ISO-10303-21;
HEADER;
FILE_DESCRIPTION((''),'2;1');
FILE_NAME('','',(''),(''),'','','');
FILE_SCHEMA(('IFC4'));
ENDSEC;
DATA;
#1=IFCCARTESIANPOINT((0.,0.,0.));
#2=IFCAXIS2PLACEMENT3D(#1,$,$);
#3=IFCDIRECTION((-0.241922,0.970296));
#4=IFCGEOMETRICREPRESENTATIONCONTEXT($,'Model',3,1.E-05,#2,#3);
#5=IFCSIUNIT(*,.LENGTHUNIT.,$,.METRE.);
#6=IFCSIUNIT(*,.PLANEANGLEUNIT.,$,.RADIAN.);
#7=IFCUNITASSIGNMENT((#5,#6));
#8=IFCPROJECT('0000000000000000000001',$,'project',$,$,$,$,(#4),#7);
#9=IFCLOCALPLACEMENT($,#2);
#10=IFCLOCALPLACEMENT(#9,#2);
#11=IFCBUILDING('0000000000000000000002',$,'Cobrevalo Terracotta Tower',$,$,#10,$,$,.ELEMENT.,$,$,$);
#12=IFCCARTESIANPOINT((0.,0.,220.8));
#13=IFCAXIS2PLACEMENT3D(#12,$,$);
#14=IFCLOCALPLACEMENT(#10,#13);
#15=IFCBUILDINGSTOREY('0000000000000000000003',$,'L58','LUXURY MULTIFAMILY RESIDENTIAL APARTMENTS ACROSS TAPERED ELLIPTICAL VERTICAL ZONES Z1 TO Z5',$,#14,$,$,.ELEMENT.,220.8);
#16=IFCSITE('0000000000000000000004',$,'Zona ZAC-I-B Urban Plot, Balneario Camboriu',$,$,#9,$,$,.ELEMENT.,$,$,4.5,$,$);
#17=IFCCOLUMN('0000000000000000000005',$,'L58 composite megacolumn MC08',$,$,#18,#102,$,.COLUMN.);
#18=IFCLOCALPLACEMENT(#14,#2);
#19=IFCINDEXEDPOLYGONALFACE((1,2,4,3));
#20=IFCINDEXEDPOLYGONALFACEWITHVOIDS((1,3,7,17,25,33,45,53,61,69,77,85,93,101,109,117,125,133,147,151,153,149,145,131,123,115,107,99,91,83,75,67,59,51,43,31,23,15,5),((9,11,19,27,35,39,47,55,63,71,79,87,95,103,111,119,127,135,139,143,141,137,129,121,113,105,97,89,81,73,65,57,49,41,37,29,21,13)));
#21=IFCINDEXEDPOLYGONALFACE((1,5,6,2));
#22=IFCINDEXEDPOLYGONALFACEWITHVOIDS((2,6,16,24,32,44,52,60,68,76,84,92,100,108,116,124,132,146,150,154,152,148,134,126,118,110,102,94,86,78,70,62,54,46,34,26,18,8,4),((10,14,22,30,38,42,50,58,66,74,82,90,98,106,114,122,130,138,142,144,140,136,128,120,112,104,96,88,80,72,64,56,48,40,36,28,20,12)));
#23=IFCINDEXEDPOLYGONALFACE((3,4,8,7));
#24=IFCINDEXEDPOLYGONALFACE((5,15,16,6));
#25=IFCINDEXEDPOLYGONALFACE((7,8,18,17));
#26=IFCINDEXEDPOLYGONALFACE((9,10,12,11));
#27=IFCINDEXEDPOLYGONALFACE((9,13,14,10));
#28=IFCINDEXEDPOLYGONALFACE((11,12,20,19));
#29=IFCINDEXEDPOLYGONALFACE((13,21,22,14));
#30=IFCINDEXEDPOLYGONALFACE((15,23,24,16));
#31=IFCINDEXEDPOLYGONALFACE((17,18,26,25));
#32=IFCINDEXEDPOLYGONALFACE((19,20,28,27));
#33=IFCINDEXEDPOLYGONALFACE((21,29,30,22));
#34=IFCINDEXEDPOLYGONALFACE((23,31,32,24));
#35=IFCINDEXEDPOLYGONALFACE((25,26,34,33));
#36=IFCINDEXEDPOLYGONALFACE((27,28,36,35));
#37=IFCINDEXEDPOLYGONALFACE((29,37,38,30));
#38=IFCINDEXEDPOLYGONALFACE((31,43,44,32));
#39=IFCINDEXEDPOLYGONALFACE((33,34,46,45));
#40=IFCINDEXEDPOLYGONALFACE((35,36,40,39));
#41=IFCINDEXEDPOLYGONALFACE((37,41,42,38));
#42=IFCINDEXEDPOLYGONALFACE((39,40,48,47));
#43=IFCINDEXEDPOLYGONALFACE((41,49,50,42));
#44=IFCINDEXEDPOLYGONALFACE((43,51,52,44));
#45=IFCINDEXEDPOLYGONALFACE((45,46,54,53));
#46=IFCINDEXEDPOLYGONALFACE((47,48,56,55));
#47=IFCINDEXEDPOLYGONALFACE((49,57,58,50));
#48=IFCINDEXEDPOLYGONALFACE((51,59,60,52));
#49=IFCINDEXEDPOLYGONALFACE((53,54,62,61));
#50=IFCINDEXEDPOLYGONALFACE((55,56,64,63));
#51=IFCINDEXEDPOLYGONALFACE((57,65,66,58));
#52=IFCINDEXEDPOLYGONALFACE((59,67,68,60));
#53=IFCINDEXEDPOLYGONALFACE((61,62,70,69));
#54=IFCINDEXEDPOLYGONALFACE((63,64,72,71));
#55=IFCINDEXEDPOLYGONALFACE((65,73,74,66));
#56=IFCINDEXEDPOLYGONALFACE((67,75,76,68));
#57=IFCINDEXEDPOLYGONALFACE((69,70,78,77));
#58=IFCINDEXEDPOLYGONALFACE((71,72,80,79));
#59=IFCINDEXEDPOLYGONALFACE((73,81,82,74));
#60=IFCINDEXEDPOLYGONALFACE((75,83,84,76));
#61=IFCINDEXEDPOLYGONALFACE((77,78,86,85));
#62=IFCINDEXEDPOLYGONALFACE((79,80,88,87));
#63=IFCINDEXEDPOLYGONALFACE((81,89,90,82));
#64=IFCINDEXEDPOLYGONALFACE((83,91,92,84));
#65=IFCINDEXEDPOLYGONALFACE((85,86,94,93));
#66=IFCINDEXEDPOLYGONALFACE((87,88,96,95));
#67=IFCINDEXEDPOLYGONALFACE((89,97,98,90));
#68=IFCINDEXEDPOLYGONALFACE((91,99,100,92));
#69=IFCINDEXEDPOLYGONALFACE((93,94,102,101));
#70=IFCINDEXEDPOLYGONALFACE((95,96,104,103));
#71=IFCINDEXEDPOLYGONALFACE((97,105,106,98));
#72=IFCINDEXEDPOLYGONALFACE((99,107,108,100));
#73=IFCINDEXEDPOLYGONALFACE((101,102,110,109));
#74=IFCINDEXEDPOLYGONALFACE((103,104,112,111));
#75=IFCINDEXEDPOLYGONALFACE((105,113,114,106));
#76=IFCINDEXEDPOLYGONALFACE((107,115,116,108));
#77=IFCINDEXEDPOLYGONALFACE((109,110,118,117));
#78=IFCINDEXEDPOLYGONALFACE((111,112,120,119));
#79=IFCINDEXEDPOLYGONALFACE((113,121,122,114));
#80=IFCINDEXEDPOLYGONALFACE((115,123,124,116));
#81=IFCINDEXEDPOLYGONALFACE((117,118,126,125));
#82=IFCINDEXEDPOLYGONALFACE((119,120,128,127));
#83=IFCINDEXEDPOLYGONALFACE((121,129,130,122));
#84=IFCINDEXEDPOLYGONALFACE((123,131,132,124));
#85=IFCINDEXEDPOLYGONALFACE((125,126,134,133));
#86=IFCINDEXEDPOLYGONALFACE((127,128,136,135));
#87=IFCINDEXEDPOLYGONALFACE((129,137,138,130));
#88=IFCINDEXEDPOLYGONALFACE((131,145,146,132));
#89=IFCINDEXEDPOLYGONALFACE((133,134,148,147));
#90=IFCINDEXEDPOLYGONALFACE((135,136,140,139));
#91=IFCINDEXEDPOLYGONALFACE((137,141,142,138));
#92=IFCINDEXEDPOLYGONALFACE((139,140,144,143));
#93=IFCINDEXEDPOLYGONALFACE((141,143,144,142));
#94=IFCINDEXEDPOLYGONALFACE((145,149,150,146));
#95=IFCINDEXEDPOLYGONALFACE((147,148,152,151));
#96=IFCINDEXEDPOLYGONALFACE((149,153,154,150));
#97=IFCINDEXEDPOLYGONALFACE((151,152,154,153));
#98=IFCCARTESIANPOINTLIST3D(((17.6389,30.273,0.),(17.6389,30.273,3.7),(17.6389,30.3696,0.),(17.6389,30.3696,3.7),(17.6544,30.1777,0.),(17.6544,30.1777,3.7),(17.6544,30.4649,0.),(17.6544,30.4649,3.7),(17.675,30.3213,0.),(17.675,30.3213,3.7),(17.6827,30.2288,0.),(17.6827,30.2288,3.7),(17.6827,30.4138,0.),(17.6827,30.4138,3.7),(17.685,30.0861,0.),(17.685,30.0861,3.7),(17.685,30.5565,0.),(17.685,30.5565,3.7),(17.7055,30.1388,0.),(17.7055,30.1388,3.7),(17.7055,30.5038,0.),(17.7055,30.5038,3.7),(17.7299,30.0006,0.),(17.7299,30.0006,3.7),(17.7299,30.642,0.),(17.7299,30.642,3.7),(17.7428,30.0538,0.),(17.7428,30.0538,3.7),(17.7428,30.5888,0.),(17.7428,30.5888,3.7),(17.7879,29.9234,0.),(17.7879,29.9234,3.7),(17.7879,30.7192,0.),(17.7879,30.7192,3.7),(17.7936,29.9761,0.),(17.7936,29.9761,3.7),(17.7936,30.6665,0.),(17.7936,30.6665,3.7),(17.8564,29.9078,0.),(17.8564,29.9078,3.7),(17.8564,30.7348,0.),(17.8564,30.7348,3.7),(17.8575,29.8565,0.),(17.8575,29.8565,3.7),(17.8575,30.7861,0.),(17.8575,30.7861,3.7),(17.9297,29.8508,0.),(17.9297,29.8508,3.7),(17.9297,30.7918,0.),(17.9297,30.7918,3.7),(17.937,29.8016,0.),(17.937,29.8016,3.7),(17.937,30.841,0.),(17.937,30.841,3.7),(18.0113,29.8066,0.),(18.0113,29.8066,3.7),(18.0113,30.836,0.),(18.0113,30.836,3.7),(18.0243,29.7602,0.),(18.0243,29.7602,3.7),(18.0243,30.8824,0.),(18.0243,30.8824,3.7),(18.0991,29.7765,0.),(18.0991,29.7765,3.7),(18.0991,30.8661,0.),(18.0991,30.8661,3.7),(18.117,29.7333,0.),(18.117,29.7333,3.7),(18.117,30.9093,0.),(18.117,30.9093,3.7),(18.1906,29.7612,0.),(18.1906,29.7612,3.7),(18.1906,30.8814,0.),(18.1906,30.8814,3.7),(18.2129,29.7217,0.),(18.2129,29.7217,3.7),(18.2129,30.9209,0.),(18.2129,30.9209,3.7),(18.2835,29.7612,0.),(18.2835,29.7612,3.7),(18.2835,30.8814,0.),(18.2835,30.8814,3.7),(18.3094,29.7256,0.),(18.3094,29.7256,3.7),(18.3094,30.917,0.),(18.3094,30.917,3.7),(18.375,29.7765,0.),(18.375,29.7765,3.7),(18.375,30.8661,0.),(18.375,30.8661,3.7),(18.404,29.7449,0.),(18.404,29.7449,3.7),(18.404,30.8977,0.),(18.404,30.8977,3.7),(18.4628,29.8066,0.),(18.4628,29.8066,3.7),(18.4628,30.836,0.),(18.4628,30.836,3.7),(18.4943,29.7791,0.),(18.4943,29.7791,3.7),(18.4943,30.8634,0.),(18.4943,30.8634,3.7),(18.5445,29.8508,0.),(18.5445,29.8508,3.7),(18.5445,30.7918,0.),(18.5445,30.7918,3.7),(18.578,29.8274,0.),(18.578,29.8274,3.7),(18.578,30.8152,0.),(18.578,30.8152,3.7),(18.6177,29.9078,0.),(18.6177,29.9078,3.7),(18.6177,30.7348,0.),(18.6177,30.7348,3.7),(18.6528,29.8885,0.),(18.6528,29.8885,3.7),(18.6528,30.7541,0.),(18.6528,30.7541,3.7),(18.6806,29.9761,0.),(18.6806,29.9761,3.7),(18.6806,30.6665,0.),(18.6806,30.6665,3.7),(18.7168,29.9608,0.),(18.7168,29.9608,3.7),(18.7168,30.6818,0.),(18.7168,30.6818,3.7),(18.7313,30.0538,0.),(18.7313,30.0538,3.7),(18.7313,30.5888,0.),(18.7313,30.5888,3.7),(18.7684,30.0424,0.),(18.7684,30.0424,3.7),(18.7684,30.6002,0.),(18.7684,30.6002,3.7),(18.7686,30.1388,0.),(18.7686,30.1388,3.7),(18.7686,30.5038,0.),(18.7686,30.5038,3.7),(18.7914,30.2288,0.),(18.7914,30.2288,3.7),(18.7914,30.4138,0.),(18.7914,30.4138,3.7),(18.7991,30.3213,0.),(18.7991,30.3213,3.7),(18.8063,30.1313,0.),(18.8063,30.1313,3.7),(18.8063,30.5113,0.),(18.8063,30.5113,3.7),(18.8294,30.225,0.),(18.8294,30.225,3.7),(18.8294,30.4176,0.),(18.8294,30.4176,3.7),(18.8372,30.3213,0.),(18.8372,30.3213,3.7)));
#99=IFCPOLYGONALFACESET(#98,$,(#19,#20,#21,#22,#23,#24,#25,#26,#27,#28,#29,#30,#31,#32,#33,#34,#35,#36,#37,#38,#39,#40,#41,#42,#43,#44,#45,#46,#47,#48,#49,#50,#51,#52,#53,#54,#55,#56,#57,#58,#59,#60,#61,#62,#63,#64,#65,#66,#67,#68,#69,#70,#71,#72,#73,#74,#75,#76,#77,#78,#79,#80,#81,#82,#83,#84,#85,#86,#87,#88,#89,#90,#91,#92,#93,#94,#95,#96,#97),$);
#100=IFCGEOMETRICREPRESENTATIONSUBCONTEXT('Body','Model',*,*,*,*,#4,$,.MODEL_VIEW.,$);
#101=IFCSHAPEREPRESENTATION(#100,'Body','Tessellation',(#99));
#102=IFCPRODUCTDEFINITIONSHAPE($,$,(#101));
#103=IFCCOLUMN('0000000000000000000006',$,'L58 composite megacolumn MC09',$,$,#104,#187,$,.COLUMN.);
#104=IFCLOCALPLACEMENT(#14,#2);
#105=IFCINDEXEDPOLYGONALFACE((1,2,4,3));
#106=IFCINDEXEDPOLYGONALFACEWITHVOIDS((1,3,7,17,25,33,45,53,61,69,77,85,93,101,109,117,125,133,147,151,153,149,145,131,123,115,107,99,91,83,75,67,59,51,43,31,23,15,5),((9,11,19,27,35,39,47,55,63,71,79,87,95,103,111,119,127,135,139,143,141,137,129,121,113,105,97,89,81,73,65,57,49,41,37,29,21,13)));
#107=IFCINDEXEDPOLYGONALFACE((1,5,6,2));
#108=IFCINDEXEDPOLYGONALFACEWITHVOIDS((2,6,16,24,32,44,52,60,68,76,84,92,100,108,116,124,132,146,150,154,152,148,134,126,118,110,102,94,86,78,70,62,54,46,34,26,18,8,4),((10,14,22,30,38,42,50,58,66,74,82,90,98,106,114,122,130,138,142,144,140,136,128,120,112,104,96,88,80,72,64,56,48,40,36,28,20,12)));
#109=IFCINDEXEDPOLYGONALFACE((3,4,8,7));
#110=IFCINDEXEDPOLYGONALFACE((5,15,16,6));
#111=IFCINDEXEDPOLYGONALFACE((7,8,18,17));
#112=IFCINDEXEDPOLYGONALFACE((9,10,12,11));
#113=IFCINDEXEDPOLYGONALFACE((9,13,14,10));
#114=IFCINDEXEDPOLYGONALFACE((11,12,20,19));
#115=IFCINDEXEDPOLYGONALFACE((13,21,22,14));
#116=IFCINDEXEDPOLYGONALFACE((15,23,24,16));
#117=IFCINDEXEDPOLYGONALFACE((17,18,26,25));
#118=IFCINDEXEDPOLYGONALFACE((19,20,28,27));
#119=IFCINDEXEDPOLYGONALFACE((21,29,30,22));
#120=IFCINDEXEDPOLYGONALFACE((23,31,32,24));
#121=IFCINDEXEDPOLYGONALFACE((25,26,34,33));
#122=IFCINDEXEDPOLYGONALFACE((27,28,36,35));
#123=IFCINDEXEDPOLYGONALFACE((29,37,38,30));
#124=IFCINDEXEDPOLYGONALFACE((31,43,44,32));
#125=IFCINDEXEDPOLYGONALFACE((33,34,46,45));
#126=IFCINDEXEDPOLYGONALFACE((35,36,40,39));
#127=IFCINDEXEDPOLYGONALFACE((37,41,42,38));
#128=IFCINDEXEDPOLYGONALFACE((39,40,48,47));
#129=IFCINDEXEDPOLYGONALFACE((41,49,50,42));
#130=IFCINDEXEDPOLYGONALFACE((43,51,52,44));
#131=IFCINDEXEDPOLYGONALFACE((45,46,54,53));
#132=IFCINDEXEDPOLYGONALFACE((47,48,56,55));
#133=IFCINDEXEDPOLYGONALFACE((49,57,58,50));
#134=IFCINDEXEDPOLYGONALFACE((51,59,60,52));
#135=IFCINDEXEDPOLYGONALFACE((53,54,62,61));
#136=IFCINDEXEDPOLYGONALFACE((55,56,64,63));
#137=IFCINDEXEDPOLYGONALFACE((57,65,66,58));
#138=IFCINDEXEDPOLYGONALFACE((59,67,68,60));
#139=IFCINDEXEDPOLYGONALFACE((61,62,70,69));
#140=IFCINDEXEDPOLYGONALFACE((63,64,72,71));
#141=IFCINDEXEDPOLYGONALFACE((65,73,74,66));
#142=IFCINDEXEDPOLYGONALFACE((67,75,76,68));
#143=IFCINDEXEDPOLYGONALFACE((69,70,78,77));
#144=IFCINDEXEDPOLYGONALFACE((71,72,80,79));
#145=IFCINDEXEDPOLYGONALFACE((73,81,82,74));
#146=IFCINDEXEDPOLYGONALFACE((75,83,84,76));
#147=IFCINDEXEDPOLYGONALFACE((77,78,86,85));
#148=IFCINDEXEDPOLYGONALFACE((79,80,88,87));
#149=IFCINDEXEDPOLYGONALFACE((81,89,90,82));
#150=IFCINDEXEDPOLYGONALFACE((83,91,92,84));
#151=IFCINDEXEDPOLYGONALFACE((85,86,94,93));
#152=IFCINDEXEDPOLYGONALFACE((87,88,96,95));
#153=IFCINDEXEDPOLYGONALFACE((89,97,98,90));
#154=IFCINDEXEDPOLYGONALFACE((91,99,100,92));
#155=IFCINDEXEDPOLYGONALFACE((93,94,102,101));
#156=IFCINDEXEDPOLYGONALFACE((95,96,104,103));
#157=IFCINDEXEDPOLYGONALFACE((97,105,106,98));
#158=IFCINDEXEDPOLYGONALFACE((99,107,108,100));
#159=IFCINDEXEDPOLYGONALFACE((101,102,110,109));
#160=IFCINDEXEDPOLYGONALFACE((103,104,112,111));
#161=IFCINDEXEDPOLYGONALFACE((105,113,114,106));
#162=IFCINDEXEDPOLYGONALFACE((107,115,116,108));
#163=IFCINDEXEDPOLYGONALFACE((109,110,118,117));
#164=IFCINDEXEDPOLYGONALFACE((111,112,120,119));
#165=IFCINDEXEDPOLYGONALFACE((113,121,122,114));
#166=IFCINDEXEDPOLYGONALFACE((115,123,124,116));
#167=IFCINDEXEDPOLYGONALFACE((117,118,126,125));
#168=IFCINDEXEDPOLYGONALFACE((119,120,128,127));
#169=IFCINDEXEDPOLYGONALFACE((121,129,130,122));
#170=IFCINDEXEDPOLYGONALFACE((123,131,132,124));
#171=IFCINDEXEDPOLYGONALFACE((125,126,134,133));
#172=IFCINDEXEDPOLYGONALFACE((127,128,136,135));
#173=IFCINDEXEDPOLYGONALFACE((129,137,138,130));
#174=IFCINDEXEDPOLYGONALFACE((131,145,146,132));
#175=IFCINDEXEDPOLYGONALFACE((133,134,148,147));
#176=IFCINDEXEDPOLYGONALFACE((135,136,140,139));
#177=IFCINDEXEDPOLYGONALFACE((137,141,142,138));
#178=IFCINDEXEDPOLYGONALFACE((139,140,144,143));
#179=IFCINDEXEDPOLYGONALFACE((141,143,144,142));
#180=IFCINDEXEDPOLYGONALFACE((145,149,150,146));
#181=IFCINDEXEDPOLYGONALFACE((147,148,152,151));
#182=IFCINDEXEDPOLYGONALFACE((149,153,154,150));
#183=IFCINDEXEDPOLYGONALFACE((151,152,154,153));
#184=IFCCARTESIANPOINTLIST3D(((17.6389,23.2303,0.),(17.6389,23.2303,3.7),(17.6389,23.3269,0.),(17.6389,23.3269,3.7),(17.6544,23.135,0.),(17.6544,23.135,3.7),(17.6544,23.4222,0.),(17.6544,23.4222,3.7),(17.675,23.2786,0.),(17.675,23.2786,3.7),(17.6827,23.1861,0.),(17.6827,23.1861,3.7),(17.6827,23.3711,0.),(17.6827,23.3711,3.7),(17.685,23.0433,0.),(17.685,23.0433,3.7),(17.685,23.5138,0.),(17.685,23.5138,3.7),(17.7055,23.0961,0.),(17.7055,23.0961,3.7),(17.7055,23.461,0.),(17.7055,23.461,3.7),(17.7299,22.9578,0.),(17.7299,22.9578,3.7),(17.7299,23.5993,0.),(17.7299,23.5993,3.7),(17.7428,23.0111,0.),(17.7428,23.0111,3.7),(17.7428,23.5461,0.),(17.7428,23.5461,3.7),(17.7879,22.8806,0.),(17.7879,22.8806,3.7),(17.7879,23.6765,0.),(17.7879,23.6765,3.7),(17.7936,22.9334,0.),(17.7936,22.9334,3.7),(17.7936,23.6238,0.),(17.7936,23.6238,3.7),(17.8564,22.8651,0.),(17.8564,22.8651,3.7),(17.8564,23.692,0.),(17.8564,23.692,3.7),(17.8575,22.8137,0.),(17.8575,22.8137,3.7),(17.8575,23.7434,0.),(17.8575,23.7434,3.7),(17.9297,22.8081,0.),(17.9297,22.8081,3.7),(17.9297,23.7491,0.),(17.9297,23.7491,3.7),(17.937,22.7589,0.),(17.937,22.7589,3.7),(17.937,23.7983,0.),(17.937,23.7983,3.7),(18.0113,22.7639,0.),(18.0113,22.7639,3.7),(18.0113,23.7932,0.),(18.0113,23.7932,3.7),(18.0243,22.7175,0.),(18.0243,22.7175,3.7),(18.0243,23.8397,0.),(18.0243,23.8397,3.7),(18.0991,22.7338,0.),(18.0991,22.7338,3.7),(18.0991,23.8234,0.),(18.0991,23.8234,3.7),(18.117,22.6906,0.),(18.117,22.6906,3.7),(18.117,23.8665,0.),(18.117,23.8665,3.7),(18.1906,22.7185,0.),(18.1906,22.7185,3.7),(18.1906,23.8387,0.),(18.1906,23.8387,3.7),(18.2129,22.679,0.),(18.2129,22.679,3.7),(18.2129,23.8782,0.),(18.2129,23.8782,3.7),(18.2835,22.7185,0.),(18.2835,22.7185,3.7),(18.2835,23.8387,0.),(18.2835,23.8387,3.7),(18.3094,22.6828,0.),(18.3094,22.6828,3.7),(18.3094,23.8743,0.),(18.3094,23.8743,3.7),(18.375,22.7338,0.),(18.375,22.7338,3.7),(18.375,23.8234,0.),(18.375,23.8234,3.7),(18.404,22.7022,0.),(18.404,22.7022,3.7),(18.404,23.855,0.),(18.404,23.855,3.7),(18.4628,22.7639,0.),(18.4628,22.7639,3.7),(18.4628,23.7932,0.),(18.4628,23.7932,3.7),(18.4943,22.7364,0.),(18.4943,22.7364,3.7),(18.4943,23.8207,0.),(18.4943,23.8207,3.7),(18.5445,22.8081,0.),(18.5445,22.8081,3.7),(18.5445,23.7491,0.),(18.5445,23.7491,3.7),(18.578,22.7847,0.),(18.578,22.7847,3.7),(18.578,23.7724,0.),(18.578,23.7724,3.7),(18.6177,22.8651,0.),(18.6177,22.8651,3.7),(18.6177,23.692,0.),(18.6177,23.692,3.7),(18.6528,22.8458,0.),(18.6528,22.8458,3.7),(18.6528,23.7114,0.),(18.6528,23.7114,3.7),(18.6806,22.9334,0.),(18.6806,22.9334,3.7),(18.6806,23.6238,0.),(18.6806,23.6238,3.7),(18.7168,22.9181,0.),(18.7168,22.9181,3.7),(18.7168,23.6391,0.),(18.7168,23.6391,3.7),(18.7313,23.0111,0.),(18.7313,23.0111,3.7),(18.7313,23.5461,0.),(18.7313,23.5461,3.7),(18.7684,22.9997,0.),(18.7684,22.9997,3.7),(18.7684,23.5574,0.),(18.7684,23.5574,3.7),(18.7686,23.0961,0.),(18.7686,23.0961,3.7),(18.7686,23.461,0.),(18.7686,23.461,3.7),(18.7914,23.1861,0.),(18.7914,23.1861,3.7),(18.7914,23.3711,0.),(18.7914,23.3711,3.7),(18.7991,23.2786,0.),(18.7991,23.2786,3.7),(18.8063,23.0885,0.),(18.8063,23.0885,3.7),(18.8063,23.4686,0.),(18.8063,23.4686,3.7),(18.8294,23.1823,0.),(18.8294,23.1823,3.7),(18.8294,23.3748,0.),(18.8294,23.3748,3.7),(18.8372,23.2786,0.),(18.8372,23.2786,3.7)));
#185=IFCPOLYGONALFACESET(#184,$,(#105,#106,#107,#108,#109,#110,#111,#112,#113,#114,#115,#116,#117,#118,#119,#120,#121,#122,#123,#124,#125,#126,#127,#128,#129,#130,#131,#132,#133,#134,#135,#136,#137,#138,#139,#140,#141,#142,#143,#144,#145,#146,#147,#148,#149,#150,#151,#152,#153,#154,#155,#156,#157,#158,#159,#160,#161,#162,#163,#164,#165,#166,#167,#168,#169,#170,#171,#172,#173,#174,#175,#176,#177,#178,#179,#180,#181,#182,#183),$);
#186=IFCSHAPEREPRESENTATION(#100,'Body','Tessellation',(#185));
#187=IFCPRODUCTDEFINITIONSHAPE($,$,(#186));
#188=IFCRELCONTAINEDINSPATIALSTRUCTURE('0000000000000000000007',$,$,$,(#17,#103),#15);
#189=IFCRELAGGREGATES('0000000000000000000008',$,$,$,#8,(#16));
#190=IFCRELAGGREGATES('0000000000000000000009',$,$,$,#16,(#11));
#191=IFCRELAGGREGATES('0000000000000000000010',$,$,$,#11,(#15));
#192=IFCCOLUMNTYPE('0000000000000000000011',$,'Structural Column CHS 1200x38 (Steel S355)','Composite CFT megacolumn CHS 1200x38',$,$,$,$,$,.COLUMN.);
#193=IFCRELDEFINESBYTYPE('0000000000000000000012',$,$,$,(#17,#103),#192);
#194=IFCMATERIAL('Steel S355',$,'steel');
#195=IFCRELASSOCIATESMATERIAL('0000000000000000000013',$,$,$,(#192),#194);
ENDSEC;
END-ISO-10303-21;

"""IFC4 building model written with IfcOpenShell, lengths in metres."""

from ifc_helpers import new_model, si_unit, direction, frame, origin, origin_2d, place, context, subcontext, project, spatial, hollow_circle, extrude, material, material_profile, profile_set, type_object, element, save


model = new_model("IFC4")

# Units and contexts
model_context = context("Model", 3, precision=1e-05, world=origin(), true_north=direction((-0.241922, 0.970296)))
body_context = subcontext(model_context, "Body", "Model", "MODEL_VIEW")
ifc_project = project(units=[si_unit("LENGTHUNIT", "METRE"), si_unit("PLANEANGLEUNIT", "RADIAN")], contexts=[model_context])

# Site, building, storey
site_placement = place(None, origin())
site = spatial("IfcSite", under=ifc_project, at=site_placement, Name="Zona ZAC-I-B Urban Plot, Balneario Camboriu", CompositionType="ELEMENT", RefElevation=4.5)
building_placement = place(site_placement, origin())
building = spatial("IfcBuilding", under=site, at=building_placement, Name="Cobrevalo Terracotta Tower", CompositionType="ELEMENT")
storey_placement = place(building_placement, frame((0.0, 0.0, 220.8)))
storey = spatial("IfcBuildingStorey", under=building, at=storey_placement, Name="L58", Description="LUXURY MULTIFAMILY RESIDENTIAL APARTMENTS ACROSS TAPERED ELLIPTICAL VERTICAL ZONES Z1 TO Z5", CompositionType="ELEMENT", Elevation=220.8)

# Columns
ifc_material_1 = material(Name="Steel S355", Category="steel")
ifc_material_profile_1 = material_profile(ifc_material_1, hollow_circle(Radius=0.6001, WallThickness=0.0381, at=origin_2d()), Name="CHS 1200x38")
ifc_profile_set_1 = profile_set([ifc_material_profile_1], Name="Steel S355")
column_type = type_object("IfcColumnType", Name="Structural Column CHS 1200x38 (Steel S355)", Description="Composite CFT megacolumn CHS 1200x38", PredefinedType="COLUMN", material=ifc_profile_set_1)
for number, where, z_axis, x_axis, name in (
    (1, (18.2371, 30.3213, 0.0), (0.0, 0.0, 1.0), (1.0, 0.0, 0.0), "L58 composite megacolumn MC08"),
    (2, (18.2371, 23.2786, 0.0), (0.0, 0.0, 1.0), (1.0, 0.0, 0.0), "L58 composite megacolumn MC09"),
):
    element("IfcColumn", number, at=place(storey_placement, frame(where, z_axis=z_axis, x_axis=x_axis)), inside=storey, type_object=column_type, Name=name, PredefinedType="COLUMN", context=body_context, shape_type="SweptSolid", body=[
        extrude(hollow_circle(Radius=0.6001, WallThickness=0.0381, at=origin_2d()), origin(), (0.0, 0.0, 1.0), 3.7),
    ])

save(model, "model.ifc")
